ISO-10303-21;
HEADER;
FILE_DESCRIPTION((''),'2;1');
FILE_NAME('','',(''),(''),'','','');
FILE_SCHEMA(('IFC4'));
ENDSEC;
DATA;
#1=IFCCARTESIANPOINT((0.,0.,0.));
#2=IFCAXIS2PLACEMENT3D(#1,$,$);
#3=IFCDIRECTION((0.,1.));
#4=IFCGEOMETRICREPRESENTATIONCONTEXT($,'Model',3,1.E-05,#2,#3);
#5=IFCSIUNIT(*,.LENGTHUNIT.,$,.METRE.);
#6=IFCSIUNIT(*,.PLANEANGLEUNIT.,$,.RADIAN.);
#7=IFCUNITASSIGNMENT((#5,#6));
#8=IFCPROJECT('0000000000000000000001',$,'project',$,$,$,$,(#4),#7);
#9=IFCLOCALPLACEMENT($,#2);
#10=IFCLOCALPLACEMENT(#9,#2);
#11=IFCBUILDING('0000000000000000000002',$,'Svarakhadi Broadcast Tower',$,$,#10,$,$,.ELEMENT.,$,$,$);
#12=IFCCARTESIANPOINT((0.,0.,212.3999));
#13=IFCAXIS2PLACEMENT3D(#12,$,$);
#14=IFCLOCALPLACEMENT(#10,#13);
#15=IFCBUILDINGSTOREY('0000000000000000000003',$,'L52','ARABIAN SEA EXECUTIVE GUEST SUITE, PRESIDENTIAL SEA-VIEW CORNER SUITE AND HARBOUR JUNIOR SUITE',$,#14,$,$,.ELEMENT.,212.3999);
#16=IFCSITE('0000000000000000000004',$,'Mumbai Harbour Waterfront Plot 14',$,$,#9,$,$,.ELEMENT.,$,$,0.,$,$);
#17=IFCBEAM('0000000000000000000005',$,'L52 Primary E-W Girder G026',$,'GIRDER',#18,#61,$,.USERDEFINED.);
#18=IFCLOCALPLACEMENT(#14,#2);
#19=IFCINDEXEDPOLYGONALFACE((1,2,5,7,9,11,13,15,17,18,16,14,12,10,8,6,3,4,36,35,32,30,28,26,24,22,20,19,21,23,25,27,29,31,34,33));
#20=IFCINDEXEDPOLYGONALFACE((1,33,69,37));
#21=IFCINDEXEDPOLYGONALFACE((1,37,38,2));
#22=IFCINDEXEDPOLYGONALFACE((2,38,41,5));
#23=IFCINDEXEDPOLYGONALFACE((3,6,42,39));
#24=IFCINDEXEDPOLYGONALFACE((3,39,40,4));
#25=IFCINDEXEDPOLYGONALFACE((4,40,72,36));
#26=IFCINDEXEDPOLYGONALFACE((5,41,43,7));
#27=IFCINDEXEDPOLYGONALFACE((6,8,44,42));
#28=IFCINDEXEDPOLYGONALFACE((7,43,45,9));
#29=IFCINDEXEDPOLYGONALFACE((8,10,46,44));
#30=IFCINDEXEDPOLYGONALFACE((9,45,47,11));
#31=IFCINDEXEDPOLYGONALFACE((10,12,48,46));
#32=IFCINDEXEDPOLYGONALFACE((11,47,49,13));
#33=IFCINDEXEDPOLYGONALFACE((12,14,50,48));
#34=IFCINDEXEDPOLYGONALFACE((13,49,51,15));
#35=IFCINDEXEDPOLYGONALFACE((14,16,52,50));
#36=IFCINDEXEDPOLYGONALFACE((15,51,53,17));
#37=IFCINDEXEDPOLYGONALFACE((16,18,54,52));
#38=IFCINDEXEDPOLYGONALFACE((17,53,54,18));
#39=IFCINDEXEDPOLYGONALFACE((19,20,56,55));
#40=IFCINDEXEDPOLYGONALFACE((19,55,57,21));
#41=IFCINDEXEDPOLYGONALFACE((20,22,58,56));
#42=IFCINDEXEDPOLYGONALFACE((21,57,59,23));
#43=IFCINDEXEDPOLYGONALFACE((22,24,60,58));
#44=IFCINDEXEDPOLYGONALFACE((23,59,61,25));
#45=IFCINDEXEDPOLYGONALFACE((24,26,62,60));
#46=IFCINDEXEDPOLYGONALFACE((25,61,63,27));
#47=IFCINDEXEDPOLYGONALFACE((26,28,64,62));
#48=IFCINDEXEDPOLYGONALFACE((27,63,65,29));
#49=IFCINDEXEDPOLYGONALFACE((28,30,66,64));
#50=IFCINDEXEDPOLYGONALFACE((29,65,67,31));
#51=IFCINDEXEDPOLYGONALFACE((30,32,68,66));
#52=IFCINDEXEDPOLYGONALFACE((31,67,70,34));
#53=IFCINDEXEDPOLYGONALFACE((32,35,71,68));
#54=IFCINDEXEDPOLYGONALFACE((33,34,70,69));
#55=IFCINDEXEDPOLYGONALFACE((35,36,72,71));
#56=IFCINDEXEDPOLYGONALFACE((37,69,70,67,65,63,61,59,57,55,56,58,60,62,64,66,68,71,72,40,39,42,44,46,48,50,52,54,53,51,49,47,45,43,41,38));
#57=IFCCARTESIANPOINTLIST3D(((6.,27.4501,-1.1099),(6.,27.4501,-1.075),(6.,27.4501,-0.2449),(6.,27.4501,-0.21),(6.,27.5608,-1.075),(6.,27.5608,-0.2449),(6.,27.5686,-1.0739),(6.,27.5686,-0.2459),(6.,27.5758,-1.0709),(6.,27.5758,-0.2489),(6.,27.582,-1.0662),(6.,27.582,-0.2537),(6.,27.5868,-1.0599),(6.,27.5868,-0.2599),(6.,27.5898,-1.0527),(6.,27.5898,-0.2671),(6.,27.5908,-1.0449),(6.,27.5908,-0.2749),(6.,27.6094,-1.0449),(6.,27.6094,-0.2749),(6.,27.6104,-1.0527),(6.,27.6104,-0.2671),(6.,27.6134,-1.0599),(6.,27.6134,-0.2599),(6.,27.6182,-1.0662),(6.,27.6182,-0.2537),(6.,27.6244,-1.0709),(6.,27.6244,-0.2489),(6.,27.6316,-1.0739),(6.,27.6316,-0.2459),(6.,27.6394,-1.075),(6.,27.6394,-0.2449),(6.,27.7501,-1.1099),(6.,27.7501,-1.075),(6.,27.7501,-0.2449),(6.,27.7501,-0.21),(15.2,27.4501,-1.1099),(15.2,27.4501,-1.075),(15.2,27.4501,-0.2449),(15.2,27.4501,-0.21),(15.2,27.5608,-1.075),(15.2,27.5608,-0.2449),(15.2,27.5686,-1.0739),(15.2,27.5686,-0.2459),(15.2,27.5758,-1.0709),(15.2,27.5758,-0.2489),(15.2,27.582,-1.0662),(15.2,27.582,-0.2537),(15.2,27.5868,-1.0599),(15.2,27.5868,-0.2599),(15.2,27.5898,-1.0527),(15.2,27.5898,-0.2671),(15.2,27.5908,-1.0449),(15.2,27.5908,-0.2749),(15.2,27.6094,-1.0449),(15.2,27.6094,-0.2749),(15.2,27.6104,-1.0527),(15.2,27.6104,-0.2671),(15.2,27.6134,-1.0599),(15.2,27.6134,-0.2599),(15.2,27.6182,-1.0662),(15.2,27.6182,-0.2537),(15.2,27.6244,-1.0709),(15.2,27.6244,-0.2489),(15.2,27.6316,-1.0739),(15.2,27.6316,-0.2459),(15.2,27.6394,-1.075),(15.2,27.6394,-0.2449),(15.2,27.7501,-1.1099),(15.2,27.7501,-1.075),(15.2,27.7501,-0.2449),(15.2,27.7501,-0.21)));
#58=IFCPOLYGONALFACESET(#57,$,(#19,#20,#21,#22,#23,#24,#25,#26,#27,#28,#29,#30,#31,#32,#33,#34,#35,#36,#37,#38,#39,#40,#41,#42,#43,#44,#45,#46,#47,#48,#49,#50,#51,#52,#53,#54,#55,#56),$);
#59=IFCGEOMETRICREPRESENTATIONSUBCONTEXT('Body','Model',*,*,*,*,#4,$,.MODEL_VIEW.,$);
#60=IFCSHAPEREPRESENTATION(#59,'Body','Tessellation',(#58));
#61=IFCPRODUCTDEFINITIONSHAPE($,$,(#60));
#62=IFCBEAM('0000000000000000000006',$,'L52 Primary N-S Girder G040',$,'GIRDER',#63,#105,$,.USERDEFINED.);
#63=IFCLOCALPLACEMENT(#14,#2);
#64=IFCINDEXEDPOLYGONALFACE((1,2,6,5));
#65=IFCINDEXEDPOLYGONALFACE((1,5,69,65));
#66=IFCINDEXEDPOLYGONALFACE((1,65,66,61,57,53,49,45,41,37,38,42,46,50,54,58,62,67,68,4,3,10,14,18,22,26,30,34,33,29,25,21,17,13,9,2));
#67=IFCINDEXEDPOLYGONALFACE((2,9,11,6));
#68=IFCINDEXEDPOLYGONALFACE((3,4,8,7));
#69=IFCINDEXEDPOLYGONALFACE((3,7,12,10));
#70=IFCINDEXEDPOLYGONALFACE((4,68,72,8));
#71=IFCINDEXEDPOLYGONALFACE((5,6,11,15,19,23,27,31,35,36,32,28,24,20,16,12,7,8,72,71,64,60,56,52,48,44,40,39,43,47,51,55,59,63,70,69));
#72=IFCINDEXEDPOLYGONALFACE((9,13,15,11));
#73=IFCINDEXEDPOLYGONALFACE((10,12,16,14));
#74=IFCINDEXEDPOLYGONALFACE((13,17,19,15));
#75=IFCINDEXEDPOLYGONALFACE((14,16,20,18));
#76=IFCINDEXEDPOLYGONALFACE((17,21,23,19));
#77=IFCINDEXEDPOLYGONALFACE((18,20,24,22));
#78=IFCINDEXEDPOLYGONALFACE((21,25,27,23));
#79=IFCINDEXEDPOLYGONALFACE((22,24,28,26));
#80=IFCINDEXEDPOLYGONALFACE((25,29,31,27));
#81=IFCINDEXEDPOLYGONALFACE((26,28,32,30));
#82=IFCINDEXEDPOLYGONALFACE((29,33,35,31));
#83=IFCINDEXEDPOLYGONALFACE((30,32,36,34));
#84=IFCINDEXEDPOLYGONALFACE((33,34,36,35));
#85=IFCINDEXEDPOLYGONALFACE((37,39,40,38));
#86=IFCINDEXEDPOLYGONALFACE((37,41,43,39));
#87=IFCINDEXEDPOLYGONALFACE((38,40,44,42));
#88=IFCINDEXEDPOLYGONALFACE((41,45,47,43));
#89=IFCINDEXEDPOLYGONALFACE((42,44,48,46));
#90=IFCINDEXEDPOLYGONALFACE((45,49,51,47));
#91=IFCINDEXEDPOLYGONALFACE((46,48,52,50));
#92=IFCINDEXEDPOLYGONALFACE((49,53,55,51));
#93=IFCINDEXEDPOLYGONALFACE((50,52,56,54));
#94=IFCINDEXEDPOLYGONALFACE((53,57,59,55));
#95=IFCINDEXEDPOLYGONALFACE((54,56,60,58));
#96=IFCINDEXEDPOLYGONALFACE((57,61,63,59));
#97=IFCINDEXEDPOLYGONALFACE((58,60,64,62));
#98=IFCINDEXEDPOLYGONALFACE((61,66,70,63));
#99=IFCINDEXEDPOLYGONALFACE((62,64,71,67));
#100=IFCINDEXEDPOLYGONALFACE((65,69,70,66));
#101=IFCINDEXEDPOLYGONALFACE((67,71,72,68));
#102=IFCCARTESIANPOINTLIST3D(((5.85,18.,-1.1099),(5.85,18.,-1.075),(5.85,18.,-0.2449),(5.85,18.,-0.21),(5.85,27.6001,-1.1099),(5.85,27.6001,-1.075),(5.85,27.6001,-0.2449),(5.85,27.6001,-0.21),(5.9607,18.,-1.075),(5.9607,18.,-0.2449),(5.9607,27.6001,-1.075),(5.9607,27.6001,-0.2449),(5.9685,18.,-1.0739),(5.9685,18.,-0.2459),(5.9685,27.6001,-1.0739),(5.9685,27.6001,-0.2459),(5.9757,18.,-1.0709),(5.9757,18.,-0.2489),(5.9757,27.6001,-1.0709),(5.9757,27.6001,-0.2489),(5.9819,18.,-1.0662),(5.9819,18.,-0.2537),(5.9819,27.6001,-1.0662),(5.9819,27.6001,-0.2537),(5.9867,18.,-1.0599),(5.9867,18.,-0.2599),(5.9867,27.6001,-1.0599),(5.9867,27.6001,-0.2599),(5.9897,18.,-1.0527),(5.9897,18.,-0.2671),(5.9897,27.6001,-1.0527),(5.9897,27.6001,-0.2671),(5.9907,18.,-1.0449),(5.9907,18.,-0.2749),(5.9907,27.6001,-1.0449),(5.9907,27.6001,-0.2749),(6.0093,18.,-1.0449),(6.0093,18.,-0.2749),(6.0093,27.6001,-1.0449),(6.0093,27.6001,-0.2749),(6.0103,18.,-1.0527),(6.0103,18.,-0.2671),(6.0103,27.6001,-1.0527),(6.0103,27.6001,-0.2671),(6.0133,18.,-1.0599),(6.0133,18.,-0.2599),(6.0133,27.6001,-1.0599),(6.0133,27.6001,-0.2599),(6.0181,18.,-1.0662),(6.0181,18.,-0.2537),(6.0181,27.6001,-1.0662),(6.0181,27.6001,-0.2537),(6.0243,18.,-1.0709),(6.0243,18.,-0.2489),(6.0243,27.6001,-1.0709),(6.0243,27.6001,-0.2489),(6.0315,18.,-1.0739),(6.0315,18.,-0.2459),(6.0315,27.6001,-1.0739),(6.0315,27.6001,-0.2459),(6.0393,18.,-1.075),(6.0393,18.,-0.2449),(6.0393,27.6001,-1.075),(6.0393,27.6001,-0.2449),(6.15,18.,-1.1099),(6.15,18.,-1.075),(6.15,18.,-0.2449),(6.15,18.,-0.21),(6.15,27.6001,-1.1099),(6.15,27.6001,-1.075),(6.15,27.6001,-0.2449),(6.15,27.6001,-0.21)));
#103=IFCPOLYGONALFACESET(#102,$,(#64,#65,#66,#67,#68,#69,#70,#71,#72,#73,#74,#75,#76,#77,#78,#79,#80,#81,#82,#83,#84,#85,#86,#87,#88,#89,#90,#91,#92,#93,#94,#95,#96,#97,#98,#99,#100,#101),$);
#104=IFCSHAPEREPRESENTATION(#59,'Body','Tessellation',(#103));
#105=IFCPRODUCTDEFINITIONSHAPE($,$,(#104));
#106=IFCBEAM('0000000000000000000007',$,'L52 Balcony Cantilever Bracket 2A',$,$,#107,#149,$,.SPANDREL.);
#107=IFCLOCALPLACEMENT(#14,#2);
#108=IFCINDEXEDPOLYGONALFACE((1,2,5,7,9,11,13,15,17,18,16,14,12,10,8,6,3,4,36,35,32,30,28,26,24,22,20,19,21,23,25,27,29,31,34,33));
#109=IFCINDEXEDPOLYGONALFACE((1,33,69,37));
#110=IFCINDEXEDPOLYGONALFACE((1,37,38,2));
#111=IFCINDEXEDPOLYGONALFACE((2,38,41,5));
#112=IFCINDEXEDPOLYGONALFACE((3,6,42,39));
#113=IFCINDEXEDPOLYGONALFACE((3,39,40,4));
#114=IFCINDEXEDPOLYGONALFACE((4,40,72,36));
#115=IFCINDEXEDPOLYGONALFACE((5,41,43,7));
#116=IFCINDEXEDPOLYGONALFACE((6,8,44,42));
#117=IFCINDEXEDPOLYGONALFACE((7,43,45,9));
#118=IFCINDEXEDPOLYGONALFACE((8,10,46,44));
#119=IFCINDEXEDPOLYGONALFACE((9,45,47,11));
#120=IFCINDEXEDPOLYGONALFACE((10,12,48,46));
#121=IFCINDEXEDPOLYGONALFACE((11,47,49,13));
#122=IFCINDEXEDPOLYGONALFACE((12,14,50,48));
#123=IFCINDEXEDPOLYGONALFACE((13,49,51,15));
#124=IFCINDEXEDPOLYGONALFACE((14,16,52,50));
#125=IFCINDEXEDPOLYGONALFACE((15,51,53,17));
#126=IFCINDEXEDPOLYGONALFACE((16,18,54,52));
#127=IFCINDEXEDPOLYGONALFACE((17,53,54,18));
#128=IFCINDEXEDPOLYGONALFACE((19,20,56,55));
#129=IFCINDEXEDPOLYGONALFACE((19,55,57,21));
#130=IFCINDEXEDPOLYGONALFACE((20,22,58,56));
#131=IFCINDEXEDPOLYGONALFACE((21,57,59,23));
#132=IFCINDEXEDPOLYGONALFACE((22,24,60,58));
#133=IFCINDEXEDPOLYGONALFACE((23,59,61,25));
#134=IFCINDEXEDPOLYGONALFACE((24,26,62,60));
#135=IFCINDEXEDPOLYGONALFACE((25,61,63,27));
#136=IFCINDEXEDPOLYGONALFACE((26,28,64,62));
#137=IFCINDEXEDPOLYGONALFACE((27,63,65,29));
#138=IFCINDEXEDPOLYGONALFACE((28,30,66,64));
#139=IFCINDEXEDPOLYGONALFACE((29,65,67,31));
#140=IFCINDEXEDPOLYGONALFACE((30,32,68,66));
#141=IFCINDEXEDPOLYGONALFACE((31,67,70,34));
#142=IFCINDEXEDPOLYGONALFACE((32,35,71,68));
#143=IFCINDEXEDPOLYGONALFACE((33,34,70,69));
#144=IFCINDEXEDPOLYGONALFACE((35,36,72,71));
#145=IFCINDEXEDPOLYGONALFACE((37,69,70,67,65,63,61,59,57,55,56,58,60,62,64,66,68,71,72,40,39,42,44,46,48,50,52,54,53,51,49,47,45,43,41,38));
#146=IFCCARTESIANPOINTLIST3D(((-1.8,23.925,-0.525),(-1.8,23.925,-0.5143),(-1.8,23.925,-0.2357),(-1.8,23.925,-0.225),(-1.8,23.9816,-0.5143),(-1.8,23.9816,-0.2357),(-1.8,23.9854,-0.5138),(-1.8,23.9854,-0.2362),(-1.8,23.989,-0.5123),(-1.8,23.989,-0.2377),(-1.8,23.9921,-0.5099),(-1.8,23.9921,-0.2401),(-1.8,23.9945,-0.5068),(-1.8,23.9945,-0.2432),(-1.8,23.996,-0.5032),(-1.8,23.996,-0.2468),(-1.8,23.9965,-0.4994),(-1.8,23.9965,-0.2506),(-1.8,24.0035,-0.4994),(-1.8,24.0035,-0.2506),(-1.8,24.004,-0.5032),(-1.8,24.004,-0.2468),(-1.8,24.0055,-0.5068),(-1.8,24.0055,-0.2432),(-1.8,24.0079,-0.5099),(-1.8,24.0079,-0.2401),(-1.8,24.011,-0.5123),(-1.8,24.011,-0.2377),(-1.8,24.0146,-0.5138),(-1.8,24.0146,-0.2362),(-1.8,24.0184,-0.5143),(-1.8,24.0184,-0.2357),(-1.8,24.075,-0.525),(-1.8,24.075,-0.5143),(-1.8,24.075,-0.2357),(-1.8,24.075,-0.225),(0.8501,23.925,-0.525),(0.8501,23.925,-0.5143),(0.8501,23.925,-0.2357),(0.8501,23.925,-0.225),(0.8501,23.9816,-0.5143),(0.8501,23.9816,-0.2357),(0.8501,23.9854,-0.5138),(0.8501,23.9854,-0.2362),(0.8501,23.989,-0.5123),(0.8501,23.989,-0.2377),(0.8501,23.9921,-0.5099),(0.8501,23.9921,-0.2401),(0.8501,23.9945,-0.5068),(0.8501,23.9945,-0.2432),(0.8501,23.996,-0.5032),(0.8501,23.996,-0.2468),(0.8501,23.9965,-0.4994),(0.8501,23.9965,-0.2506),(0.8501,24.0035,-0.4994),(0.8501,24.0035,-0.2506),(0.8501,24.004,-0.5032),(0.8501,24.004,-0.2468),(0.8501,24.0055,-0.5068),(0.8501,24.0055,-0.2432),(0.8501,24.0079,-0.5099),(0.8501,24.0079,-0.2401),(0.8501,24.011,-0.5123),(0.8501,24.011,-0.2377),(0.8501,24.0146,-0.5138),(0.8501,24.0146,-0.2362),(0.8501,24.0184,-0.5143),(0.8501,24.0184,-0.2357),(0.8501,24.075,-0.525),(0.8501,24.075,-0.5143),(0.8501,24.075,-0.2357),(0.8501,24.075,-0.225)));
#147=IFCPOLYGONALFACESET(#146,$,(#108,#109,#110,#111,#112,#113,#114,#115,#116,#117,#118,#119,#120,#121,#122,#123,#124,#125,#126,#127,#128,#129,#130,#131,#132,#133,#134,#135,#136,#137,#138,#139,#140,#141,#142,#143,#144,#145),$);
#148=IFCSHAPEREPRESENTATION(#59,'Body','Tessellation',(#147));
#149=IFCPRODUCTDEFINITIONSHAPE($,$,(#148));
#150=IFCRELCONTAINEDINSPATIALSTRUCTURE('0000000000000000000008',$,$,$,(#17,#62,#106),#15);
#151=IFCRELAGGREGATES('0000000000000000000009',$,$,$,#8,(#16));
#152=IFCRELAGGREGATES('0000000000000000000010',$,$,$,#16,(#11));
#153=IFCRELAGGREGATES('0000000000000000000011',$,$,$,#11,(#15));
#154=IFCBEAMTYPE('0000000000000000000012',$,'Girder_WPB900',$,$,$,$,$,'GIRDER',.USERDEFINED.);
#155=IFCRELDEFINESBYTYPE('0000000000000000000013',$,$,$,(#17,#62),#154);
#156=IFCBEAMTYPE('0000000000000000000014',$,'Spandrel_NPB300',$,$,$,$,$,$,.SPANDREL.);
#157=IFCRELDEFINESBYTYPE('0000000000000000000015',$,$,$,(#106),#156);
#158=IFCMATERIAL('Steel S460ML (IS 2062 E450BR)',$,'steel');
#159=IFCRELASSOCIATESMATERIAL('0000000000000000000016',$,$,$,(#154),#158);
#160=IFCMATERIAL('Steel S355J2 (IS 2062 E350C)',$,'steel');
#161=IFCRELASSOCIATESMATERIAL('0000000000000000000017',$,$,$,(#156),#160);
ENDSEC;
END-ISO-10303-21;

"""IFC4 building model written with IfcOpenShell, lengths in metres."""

from ifc_helpers import new_model, si_unit, direction, frame, origin, origin_2d, place, context, subcontext, project, spatial, i_section, extrude, material, material_profile, profile_set, type_object, element, save


model = new_model("IFC4")

# Units and contexts
model_context = context("Model", 3, precision=1e-05, world=origin(), true_north=direction((0.0, 1.0)))
body_context = subcontext(model_context, "Body", "Model", "MODEL_VIEW")
ifc_project = project(units=[si_unit("LENGTHUNIT", "METRE"), si_unit("PLANEANGLEUNIT", "RADIAN")], contexts=[model_context])

# Site, building, storey
site_placement = place(None, origin())
site = spatial("IfcSite", under=ifc_project, at=site_placement, Name="Mumbai Harbour Waterfront Plot 14", CompositionType="ELEMENT", RefElevation=0.0)
building_placement = place(site_placement, origin())
building = spatial("IfcBuilding", under=site, at=building_placement, Name="Svarakhadi Broadcast Tower", CompositionType="ELEMENT")
storey_placement = place(building_placement, frame((0.0, 0.0, 212.3999)))
storey = spatial("IfcBuildingStorey", under=building, at=storey_placement, Name="L52", Description="ARABIAN SEA EXECUTIVE GUEST SUITE, PRESIDENTIAL SEA-VIEW CORNER SUITE AND HARBOUR JUNIOR SUITE", CompositionType="ELEMENT", Elevation=212.3999)

# Shared definitions
ifc_material_1 = material(Name="Steel S355J2 (IS 2062 E350C)", Category="steel")

# Beams
ifc_material_2 = material(Name="Steel S460ML (IS 2062 E450BR)", Category="steel")
ifc_material_profile_1 = material_profile(ifc_material_2, i_section(OverallWidth=0.3, OverallDepth=0.8999, WebThickness=0.0186, FlangeThickness=0.0349, FilletRadius=0.03, at=origin_2d()), Name="WPB 900x300x291")
ifc_profile_set_1 = profile_set([ifc_material_profile_1], Name="Steel S460ML (IS 2062 E450BR)")
beam_type_1 = type_object("IfcBeamType", Name="Girder_WPB900", ElementType="GIRDER", PredefinedType="USERDEFINED", material=ifc_profile_set_1)
beam_1_placement = place(storey_placement, frame((6.0, 27.6001, -0.6599), z_axis=(1.0, 0.0, 0.0), x_axis=(0.0, 1.0, 0.0)))
element("IfcBeam", 1, at=beam_1_placement, inside=storey, type_object=beam_type_1, Name="L52 Primary E-W Girder G026", ObjectType="GIRDER", PredefinedType="USERDEFINED", context=body_context, shape_type="SweptSolid", body=[
    extrude(i_section(OverallWidth=0.3, OverallDepth=0.8999, WebThickness=0.0186, FlangeThickness=0.0349, FilletRadius=0.03, at=origin_2d()), origin(), (0.0, 0.0, 1.0), 9.2),
])
beam_2_placement = place(storey_placement, frame((6.0, 18.0, -0.6599), z_axis=(0.0, 1.0, 0.0), x_axis=(-1.0, 0.0, 0.0)))
element("IfcBeam", 2, at=beam_2_placement, inside=storey, type_object=beam_type_1, Name="L52 Primary N-S Girder G040", ObjectType="GIRDER", PredefinedType="USERDEFINED", context=body_context, shape_type="SweptSolid", body=[
    extrude(i_section(OverallWidth=0.3, OverallDepth=0.8999, WebThickness=0.0186, FlangeThickness=0.0349, FilletRadius=0.03, at=origin_2d()), origin(), (0.0, 0.0, 1.0), 9.6001),
])
ifc_material_profile_2 = material_profile(ifc_material_1, i_section(OverallWidth=0.1499, OverallDepth=0.3, WebThickness=0.0071, FlangeThickness=0.0107, FilletRadius=0.0149, at=origin_2d()), Name="NPB 300x150x37")
ifc_profile_set_2 = profile_set([ifc_material_profile_2], Name="Steel S355J2 (IS 2062 E350C)")
beam_type_2 = type_object("IfcBeamType", Name="Spandrel_NPB300", PredefinedType="SPANDREL", material=ifc_profile_set_2)
beam_3_placement = place(storey_placement, frame((0.8501, 24.0, -0.375), z_axis=(-1.0, 0.0, 0.0), x_axis=(0.0, -1.0, 0.0)))
element("IfcBeam", 3, at=beam_3_placement, inside=storey, type_object=beam_type_2, Name="L52 Balcony Cantilever Bracket 2A", PredefinedType="SPANDREL", context=body_context, shape_type="SweptSolid", body=[
    extrude(i_section(OverallWidth=0.1499, OverallDepth=0.3, WebThickness=0.0071, FlangeThickness=0.0107, FilletRadius=0.0149, at=origin_2d()), origin(), (0.0, 0.0, 1.0), 2.6501),
])

save(model, "model.ifc")
